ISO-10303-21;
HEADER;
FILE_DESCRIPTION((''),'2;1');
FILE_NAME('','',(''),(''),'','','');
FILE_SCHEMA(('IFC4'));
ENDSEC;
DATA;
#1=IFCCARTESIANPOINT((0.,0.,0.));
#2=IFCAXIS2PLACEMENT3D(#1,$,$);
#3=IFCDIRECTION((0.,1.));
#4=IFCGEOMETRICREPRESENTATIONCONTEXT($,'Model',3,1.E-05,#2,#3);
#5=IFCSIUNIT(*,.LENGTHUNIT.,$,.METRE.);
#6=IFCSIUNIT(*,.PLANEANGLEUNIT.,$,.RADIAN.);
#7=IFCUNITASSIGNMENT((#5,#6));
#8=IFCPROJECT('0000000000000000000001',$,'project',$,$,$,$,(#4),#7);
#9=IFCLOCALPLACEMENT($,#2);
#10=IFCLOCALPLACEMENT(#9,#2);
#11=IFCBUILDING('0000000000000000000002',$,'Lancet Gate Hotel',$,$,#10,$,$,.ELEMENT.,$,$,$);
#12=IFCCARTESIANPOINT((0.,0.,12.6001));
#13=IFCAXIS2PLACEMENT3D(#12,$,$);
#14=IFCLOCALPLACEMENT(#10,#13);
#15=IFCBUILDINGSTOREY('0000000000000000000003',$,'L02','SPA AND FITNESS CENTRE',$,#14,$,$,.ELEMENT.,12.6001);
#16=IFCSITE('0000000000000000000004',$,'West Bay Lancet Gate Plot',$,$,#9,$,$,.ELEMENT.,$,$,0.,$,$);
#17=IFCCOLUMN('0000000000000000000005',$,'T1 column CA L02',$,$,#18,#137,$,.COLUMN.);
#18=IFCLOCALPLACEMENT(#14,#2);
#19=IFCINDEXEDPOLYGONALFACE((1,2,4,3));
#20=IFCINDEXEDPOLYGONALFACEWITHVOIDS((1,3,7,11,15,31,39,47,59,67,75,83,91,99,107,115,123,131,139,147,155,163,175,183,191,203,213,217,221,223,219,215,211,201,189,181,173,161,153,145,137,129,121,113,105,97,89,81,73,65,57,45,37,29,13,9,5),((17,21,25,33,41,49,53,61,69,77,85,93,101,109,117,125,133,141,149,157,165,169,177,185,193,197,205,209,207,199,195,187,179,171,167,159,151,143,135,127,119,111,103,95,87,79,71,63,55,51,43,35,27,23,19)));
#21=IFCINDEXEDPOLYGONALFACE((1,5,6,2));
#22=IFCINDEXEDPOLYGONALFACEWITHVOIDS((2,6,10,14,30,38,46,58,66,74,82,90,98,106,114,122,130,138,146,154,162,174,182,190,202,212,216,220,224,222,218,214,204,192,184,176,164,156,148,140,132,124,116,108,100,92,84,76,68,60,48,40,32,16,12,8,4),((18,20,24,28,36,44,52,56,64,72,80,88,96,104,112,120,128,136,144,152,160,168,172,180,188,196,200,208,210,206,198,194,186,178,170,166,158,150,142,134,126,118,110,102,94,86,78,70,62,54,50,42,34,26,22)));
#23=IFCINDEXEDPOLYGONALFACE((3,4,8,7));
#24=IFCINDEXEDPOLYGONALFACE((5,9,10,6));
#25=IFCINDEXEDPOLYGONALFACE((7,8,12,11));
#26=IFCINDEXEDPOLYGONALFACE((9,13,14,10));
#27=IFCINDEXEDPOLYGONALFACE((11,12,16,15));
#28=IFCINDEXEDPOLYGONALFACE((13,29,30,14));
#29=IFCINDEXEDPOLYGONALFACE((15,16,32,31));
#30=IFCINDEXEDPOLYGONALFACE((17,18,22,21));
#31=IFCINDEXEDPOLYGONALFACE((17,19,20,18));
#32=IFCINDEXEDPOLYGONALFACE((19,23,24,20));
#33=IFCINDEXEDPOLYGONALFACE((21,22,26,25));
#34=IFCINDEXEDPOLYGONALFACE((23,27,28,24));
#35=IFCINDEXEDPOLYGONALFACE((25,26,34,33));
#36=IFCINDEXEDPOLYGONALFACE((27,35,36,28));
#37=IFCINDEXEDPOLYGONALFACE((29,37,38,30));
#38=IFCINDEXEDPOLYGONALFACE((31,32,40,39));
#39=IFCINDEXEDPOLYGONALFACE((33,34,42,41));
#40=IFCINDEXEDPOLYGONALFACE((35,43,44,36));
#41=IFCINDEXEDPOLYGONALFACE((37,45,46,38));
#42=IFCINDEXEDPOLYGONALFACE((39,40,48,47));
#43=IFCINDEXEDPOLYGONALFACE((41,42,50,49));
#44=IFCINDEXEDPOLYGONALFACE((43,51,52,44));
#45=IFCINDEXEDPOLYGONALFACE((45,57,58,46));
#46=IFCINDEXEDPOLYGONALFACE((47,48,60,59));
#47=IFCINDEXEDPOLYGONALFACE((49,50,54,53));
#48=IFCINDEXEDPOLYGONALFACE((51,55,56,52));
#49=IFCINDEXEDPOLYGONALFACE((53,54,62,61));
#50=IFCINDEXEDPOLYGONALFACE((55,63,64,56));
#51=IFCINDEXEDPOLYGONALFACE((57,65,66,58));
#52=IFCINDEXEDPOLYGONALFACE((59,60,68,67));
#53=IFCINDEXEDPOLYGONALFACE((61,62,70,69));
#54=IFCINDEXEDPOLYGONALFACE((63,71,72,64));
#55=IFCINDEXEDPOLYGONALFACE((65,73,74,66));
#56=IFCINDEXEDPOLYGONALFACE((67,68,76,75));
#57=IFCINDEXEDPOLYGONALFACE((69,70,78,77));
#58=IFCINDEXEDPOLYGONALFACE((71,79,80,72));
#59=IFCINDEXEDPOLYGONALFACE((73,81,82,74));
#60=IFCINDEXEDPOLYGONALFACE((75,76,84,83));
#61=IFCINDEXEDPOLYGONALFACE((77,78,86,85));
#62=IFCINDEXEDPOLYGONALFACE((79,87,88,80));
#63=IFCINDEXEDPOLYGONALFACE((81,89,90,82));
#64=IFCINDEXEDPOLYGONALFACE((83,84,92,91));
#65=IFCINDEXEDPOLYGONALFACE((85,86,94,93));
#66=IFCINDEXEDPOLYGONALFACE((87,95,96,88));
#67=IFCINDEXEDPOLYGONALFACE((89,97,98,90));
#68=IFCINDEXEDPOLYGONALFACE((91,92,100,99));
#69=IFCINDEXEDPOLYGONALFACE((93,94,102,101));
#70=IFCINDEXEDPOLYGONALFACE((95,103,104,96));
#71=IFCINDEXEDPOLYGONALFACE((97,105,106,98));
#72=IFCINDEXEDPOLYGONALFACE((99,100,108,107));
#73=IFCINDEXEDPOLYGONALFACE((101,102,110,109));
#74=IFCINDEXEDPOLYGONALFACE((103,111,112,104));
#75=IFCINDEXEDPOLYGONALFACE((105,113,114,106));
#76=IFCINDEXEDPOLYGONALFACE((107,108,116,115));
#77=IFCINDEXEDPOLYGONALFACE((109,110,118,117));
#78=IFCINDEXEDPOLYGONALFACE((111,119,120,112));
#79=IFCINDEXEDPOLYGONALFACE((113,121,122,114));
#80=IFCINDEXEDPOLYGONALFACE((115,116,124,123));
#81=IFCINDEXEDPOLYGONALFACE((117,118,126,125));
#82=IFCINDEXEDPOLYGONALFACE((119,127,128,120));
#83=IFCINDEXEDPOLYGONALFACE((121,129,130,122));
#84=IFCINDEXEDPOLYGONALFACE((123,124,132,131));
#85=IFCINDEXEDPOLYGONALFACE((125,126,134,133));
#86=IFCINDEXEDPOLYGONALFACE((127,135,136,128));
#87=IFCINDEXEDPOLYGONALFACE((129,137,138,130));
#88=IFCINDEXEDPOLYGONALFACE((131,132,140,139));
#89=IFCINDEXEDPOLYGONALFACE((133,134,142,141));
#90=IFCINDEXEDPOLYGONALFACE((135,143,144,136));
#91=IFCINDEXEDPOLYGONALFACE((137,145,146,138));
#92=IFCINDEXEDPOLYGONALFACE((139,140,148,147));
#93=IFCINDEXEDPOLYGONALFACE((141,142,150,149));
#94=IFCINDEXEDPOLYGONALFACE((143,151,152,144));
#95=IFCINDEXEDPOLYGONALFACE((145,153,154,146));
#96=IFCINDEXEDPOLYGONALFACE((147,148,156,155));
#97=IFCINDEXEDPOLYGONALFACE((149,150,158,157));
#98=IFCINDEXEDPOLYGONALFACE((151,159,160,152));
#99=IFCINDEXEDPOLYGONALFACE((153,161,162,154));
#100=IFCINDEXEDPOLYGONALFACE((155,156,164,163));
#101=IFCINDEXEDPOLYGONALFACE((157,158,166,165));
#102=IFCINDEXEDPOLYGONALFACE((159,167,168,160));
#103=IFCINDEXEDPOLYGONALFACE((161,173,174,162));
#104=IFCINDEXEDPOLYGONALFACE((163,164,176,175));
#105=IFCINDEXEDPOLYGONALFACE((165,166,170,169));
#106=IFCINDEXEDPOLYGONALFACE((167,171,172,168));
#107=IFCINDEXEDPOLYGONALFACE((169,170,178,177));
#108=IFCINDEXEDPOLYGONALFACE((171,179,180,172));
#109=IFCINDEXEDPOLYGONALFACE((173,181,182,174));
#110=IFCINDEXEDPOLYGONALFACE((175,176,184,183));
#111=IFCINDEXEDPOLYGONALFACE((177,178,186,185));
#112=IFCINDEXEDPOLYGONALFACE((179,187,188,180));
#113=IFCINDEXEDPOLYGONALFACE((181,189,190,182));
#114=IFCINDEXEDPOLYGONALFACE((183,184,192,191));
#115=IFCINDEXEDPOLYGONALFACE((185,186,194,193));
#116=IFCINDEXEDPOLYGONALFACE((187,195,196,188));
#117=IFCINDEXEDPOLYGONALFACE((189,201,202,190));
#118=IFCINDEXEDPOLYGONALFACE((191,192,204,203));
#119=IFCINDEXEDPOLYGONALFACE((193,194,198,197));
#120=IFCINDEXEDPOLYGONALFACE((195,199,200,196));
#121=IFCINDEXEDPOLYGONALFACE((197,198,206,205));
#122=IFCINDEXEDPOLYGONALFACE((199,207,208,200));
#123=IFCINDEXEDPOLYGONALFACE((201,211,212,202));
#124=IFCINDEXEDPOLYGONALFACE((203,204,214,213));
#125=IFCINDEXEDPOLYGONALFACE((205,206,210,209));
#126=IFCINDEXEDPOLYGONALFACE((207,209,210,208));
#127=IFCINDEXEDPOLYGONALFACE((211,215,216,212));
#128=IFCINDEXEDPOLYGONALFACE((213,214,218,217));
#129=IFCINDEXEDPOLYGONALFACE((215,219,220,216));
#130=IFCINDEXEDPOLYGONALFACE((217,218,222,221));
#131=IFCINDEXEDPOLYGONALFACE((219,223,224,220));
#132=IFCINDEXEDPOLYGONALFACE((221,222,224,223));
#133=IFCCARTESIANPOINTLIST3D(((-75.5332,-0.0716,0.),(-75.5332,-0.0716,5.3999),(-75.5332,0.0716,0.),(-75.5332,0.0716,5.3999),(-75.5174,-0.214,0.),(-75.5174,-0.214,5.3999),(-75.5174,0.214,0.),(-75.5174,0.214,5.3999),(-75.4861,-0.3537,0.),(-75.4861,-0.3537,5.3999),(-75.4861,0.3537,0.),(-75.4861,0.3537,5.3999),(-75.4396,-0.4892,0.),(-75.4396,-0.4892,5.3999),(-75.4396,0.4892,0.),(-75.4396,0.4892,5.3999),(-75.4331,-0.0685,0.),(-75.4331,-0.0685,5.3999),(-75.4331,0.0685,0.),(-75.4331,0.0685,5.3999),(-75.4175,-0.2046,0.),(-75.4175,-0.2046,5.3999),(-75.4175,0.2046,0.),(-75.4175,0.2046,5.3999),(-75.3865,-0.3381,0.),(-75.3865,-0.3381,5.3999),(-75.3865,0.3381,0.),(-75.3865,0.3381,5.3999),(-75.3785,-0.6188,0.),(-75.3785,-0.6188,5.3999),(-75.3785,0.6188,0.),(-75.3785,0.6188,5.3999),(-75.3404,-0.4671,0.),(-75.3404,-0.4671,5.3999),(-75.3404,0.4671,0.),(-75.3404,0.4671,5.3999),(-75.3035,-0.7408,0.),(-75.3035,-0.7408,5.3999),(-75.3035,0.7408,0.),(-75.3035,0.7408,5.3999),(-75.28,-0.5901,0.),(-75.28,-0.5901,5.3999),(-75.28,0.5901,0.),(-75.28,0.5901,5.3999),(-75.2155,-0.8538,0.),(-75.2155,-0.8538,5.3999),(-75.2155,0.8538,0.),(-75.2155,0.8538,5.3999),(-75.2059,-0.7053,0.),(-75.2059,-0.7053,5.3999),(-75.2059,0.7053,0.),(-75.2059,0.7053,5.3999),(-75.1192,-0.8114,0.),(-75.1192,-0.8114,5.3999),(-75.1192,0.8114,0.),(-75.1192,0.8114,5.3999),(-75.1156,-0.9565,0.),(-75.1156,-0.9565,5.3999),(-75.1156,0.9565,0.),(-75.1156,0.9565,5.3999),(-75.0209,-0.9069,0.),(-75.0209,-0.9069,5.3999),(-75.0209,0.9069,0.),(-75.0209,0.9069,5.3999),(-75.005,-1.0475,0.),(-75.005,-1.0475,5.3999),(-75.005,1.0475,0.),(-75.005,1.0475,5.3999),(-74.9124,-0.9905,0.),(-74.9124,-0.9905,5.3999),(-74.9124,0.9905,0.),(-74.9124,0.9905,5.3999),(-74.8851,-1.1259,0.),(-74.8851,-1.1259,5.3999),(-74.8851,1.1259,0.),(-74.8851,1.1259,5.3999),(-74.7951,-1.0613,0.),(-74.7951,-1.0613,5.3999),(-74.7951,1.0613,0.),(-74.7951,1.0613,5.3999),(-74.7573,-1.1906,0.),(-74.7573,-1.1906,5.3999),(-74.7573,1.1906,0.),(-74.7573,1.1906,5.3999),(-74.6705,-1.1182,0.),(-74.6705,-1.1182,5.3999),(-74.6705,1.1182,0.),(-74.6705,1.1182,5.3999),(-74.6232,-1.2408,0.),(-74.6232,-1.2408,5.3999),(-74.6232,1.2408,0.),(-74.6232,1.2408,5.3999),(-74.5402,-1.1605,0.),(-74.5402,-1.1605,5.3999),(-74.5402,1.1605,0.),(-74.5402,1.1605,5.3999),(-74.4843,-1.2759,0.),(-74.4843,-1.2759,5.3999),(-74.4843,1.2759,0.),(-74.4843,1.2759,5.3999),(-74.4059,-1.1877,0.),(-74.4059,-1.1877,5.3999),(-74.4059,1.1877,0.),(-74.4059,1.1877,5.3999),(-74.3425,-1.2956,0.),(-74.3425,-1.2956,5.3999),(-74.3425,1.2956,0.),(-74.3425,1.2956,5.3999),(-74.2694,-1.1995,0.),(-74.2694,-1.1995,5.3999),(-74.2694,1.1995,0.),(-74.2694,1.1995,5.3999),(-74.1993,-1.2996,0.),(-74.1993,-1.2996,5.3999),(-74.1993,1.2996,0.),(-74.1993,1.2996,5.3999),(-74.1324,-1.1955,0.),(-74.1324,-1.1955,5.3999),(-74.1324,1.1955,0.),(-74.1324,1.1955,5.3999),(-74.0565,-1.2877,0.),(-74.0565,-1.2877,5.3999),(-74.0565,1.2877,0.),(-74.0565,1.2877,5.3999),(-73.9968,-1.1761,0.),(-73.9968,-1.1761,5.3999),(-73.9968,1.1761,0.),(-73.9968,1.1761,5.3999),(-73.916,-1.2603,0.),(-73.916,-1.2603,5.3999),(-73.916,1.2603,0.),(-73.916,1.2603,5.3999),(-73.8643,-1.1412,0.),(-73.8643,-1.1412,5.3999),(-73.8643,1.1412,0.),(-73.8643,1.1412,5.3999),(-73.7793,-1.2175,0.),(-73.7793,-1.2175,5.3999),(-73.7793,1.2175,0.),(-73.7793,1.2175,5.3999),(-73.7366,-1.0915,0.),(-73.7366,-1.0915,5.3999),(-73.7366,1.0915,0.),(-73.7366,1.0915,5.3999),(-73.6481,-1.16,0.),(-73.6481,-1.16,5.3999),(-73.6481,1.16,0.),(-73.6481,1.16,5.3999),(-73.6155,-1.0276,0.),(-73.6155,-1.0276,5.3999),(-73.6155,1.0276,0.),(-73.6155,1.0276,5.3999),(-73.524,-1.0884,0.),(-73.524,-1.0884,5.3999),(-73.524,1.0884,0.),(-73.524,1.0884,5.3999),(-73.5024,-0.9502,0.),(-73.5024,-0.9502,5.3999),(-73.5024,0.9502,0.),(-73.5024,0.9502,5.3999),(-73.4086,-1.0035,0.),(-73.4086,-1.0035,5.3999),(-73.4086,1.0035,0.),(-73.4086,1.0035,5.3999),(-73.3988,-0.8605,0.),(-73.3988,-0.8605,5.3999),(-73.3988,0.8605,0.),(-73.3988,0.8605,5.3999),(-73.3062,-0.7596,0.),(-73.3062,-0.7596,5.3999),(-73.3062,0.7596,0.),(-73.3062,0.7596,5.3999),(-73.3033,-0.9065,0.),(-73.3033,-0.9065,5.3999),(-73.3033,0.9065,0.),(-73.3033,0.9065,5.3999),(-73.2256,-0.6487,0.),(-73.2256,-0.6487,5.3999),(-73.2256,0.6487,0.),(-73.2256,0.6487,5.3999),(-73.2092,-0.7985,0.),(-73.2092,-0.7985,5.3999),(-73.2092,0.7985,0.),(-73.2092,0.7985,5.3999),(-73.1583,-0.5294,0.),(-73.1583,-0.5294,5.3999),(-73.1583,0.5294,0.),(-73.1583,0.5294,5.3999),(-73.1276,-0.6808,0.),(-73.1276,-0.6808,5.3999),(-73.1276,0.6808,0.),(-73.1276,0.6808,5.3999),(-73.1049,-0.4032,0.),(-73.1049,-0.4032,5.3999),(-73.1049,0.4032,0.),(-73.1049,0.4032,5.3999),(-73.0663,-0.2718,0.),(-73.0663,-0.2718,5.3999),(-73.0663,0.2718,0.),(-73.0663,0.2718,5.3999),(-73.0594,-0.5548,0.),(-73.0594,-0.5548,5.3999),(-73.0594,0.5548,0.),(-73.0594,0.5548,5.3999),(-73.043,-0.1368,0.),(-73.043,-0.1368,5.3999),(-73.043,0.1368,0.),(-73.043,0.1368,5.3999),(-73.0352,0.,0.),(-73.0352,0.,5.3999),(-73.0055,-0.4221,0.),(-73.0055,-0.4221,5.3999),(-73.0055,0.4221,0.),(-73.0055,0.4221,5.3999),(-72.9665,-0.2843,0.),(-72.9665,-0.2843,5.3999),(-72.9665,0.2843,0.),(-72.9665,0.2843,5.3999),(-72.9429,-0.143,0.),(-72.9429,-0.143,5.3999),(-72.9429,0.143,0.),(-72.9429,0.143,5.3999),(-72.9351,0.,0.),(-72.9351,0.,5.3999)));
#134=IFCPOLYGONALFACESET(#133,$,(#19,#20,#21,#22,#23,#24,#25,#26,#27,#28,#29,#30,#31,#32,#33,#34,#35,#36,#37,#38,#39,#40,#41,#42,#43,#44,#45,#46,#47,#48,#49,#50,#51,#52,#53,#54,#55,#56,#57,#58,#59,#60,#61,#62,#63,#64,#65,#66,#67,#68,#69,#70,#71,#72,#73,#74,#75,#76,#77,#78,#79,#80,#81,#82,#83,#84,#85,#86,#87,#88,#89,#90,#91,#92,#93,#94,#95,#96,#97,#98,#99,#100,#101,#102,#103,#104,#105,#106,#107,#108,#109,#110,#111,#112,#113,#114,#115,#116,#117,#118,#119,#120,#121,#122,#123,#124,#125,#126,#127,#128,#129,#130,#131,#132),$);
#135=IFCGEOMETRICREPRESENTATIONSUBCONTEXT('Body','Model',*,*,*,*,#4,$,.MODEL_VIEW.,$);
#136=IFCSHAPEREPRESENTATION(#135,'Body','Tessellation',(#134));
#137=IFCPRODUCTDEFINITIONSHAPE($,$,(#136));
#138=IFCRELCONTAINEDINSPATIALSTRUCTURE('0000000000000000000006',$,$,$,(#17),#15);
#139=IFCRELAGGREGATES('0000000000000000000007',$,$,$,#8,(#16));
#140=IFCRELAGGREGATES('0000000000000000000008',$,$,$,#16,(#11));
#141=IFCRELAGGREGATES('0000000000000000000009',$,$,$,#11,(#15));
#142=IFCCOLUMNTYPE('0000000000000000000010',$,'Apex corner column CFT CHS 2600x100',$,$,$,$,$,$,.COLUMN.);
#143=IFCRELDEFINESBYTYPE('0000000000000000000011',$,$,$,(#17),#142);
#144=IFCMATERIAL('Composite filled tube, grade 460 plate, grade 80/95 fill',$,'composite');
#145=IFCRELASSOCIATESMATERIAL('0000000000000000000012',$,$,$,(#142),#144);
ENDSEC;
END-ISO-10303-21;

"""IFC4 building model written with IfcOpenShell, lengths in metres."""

from ifc_helpers import new_model, si_unit, direction, frame, origin, origin_2d, place, context, subcontext, project, spatial, hollow_circle, extrude, material, material_profile, profile_set, type_object, element, save


model = new_model("IFC4")

# Units and contexts
model_context = context("Model", 3, precision=1e-05, world=origin(), true_north=direction((0.0, 1.0)))
body_context = subcontext(model_context, "Body", "Model", "MODEL_VIEW")
ifc_project = project(units=[si_unit("LENGTHUNIT", "METRE"), si_unit("PLANEANGLEUNIT", "RADIAN")], contexts=[model_context])

# Site, building, storey
site_placement = place(None, origin())
site = spatial("IfcSite", under=ifc_project, at=site_placement, Name="West Bay Lancet Gate Plot", CompositionType="ELEMENT", RefElevation=0.0)
building_placement = place(site_placement, origin())
building = spatial("IfcBuilding", under=site, at=building_placement, Name="Lancet Gate Hotel", CompositionType="ELEMENT")
storey_placement = place(building_placement, frame((0.0, 0.0, 12.6001)))
storey = spatial("IfcBuildingStorey", under=building, at=storey_placement, Name="L02", Description="SPA AND FITNESS CENTRE", CompositionType="ELEMENT", Elevation=12.6001)

# Column
ifc_material_1 = material(Name="Composite filled tube, grade 460 plate, grade 80/95 fill", Category="composite")
ifc_material_profile_1 = material_profile(ifc_material_1, hollow_circle(Radius=1.3, WallThickness=0.1001, at=origin_2d()), Name="CHS 2600x100")
ifc_profile_set_1 = profile_set([ifc_material_profile_1], Name="Composite filled tube, grade 460 plate, grade 80/95 fill")
column_type_1 = type_object("IfcColumnType", Name="Apex corner column CFT CHS 2600x100", PredefinedType="COLUMN", material=ifc_profile_set_1)
column_1_placement = place(storey_placement, frame((-74.2351, 0.0, 0.0), z_axis=(0.0, 0.0, 1.0), x_axis=(1.0, 0.0, 0.0)))
element("IfcColumn", 1, at=column_1_placement, inside=storey, type_object=column_type_1, Name="T1 column CA L02", PredefinedType="COLUMN", context=body_context, shape_type="SweptSolid", body=[
    extrude(hollow_circle(Radius=1.3, WallThickness=0.1001, at=origin_2d()), origin(), (0.0, 0.0, 1.0), 5.3999),
])

save(model, "model.ifc")
